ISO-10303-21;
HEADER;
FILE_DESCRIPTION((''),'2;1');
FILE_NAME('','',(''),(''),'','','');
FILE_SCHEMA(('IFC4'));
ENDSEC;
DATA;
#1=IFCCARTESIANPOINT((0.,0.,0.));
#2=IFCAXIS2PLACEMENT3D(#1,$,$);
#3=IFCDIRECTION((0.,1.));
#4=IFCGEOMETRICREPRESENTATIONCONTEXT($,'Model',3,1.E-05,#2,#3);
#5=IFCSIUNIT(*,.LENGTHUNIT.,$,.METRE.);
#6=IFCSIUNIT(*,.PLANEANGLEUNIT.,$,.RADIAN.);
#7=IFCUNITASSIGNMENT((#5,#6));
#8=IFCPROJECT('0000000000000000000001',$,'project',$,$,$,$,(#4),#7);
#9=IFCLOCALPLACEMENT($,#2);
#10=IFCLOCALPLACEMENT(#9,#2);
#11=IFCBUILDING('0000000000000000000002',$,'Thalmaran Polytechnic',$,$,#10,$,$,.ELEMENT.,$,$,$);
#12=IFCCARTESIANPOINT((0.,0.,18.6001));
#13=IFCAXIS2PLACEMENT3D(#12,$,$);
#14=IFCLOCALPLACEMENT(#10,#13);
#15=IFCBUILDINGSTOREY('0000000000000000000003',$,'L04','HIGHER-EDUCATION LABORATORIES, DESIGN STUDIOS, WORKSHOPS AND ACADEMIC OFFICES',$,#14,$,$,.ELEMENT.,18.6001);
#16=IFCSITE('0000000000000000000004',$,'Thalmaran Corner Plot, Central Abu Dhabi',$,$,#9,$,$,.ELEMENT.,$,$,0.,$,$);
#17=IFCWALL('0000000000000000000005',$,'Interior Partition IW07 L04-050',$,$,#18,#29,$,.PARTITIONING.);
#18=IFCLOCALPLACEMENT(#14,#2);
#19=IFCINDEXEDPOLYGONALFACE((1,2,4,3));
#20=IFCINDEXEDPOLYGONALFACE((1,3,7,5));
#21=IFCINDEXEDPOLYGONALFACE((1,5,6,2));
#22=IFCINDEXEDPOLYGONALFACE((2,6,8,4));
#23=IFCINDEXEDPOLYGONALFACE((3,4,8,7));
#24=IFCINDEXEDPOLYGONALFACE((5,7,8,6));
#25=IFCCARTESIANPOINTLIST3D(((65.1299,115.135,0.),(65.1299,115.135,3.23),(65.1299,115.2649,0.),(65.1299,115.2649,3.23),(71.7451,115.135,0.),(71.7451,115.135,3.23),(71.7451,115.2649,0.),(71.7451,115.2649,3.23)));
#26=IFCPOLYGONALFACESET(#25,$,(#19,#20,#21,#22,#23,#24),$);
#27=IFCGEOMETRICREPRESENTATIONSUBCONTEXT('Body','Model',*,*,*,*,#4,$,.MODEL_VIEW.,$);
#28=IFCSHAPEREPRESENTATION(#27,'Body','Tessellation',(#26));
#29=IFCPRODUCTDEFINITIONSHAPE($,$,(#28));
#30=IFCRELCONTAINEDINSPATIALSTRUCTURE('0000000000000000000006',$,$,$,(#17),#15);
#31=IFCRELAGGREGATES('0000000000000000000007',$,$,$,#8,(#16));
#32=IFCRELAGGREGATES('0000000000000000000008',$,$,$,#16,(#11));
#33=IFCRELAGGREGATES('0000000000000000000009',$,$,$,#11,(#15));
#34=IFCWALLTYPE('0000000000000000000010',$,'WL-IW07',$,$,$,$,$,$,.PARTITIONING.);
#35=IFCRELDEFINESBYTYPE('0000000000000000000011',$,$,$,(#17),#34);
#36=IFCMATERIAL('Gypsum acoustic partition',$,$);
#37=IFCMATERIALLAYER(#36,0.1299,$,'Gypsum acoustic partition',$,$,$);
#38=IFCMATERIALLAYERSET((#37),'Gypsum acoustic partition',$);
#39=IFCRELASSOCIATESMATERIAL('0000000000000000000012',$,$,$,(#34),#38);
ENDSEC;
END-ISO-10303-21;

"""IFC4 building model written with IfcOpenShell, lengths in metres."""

from ifc_helpers import new_model, si_unit, direction, frame, frame_2d, origin, place, context, subcontext, project, spatial, rectangle, extrude, material, layer, layer_set, type_object, element, save


model = new_model("IFC4")

# Units and contexts
model_context = context("Model", 3, precision=1e-05, world=origin(), true_north=direction((0.0, 1.0)))
body_context = subcontext(model_context, "Body", "Model", "MODEL_VIEW")
ifc_project = project(units=[si_unit("LENGTHUNIT", "METRE"), si_unit("PLANEANGLEUNIT", "RADIAN")], contexts=[model_context])

# Site, building, storey
site_placement = place(None, origin())
site = spatial("IfcSite", under=ifc_project, at=site_placement, Name="Thalmaran Corner Plot, Central Abu Dhabi", CompositionType="ELEMENT", RefElevation=0.0)
building_placement = place(site_placement, origin())
building = spatial("IfcBuilding", under=site, at=building_placement, Name="Thalmaran Polytechnic", CompositionType="ELEMENT")
storey_placement = place(building_placement, frame((0.0, 0.0, 18.6001)))
storey = spatial("IfcBuildingStorey", under=building, at=storey_placement, Name="L04", Description="HIGHER-EDUCATION LABORATORIES, DESIGN STUDIOS, WORKSHOPS AND ACADEMIC OFFICES", CompositionType="ELEMENT", Elevation=18.6001)

# Shared definitions
ifc_material_1 = material(Name="Gypsum acoustic partition")

# Wall
ifc_layer_1 = layer(ifc_material_1, 0.1299, Name="Gypsum acoustic partition")
ifc_layer_set_1 = layer_set([ifc_layer_1], Name="Gypsum acoustic partition")
wall_type_1 = type_object("IfcWallType", Name="WL-IW07", PredefinedType="PARTITIONING", material=ifc_layer_set_1)
wall_1_placement = place(storey_placement, frame((65.1299, 115.2, 0.0), z_axis=(0.0, 0.0, 1.0), x_axis=(1.0, 0.0, 0.0)))
element("IfcWall", 1, at=wall_1_placement, inside=storey, type_object=wall_type_1, Name="Interior Partition IW07 L04-050", PredefinedType="PARTITIONING", context=body_context, shape_type="SweptSolid", body=[
    extrude(rectangle(XDim=6.6152, YDim=0.1299, at=frame_2d((3.3076, 0.0))), origin(), (0.0, 0.0, 1.0), 3.23),
])

save(model, "model.ifc")
